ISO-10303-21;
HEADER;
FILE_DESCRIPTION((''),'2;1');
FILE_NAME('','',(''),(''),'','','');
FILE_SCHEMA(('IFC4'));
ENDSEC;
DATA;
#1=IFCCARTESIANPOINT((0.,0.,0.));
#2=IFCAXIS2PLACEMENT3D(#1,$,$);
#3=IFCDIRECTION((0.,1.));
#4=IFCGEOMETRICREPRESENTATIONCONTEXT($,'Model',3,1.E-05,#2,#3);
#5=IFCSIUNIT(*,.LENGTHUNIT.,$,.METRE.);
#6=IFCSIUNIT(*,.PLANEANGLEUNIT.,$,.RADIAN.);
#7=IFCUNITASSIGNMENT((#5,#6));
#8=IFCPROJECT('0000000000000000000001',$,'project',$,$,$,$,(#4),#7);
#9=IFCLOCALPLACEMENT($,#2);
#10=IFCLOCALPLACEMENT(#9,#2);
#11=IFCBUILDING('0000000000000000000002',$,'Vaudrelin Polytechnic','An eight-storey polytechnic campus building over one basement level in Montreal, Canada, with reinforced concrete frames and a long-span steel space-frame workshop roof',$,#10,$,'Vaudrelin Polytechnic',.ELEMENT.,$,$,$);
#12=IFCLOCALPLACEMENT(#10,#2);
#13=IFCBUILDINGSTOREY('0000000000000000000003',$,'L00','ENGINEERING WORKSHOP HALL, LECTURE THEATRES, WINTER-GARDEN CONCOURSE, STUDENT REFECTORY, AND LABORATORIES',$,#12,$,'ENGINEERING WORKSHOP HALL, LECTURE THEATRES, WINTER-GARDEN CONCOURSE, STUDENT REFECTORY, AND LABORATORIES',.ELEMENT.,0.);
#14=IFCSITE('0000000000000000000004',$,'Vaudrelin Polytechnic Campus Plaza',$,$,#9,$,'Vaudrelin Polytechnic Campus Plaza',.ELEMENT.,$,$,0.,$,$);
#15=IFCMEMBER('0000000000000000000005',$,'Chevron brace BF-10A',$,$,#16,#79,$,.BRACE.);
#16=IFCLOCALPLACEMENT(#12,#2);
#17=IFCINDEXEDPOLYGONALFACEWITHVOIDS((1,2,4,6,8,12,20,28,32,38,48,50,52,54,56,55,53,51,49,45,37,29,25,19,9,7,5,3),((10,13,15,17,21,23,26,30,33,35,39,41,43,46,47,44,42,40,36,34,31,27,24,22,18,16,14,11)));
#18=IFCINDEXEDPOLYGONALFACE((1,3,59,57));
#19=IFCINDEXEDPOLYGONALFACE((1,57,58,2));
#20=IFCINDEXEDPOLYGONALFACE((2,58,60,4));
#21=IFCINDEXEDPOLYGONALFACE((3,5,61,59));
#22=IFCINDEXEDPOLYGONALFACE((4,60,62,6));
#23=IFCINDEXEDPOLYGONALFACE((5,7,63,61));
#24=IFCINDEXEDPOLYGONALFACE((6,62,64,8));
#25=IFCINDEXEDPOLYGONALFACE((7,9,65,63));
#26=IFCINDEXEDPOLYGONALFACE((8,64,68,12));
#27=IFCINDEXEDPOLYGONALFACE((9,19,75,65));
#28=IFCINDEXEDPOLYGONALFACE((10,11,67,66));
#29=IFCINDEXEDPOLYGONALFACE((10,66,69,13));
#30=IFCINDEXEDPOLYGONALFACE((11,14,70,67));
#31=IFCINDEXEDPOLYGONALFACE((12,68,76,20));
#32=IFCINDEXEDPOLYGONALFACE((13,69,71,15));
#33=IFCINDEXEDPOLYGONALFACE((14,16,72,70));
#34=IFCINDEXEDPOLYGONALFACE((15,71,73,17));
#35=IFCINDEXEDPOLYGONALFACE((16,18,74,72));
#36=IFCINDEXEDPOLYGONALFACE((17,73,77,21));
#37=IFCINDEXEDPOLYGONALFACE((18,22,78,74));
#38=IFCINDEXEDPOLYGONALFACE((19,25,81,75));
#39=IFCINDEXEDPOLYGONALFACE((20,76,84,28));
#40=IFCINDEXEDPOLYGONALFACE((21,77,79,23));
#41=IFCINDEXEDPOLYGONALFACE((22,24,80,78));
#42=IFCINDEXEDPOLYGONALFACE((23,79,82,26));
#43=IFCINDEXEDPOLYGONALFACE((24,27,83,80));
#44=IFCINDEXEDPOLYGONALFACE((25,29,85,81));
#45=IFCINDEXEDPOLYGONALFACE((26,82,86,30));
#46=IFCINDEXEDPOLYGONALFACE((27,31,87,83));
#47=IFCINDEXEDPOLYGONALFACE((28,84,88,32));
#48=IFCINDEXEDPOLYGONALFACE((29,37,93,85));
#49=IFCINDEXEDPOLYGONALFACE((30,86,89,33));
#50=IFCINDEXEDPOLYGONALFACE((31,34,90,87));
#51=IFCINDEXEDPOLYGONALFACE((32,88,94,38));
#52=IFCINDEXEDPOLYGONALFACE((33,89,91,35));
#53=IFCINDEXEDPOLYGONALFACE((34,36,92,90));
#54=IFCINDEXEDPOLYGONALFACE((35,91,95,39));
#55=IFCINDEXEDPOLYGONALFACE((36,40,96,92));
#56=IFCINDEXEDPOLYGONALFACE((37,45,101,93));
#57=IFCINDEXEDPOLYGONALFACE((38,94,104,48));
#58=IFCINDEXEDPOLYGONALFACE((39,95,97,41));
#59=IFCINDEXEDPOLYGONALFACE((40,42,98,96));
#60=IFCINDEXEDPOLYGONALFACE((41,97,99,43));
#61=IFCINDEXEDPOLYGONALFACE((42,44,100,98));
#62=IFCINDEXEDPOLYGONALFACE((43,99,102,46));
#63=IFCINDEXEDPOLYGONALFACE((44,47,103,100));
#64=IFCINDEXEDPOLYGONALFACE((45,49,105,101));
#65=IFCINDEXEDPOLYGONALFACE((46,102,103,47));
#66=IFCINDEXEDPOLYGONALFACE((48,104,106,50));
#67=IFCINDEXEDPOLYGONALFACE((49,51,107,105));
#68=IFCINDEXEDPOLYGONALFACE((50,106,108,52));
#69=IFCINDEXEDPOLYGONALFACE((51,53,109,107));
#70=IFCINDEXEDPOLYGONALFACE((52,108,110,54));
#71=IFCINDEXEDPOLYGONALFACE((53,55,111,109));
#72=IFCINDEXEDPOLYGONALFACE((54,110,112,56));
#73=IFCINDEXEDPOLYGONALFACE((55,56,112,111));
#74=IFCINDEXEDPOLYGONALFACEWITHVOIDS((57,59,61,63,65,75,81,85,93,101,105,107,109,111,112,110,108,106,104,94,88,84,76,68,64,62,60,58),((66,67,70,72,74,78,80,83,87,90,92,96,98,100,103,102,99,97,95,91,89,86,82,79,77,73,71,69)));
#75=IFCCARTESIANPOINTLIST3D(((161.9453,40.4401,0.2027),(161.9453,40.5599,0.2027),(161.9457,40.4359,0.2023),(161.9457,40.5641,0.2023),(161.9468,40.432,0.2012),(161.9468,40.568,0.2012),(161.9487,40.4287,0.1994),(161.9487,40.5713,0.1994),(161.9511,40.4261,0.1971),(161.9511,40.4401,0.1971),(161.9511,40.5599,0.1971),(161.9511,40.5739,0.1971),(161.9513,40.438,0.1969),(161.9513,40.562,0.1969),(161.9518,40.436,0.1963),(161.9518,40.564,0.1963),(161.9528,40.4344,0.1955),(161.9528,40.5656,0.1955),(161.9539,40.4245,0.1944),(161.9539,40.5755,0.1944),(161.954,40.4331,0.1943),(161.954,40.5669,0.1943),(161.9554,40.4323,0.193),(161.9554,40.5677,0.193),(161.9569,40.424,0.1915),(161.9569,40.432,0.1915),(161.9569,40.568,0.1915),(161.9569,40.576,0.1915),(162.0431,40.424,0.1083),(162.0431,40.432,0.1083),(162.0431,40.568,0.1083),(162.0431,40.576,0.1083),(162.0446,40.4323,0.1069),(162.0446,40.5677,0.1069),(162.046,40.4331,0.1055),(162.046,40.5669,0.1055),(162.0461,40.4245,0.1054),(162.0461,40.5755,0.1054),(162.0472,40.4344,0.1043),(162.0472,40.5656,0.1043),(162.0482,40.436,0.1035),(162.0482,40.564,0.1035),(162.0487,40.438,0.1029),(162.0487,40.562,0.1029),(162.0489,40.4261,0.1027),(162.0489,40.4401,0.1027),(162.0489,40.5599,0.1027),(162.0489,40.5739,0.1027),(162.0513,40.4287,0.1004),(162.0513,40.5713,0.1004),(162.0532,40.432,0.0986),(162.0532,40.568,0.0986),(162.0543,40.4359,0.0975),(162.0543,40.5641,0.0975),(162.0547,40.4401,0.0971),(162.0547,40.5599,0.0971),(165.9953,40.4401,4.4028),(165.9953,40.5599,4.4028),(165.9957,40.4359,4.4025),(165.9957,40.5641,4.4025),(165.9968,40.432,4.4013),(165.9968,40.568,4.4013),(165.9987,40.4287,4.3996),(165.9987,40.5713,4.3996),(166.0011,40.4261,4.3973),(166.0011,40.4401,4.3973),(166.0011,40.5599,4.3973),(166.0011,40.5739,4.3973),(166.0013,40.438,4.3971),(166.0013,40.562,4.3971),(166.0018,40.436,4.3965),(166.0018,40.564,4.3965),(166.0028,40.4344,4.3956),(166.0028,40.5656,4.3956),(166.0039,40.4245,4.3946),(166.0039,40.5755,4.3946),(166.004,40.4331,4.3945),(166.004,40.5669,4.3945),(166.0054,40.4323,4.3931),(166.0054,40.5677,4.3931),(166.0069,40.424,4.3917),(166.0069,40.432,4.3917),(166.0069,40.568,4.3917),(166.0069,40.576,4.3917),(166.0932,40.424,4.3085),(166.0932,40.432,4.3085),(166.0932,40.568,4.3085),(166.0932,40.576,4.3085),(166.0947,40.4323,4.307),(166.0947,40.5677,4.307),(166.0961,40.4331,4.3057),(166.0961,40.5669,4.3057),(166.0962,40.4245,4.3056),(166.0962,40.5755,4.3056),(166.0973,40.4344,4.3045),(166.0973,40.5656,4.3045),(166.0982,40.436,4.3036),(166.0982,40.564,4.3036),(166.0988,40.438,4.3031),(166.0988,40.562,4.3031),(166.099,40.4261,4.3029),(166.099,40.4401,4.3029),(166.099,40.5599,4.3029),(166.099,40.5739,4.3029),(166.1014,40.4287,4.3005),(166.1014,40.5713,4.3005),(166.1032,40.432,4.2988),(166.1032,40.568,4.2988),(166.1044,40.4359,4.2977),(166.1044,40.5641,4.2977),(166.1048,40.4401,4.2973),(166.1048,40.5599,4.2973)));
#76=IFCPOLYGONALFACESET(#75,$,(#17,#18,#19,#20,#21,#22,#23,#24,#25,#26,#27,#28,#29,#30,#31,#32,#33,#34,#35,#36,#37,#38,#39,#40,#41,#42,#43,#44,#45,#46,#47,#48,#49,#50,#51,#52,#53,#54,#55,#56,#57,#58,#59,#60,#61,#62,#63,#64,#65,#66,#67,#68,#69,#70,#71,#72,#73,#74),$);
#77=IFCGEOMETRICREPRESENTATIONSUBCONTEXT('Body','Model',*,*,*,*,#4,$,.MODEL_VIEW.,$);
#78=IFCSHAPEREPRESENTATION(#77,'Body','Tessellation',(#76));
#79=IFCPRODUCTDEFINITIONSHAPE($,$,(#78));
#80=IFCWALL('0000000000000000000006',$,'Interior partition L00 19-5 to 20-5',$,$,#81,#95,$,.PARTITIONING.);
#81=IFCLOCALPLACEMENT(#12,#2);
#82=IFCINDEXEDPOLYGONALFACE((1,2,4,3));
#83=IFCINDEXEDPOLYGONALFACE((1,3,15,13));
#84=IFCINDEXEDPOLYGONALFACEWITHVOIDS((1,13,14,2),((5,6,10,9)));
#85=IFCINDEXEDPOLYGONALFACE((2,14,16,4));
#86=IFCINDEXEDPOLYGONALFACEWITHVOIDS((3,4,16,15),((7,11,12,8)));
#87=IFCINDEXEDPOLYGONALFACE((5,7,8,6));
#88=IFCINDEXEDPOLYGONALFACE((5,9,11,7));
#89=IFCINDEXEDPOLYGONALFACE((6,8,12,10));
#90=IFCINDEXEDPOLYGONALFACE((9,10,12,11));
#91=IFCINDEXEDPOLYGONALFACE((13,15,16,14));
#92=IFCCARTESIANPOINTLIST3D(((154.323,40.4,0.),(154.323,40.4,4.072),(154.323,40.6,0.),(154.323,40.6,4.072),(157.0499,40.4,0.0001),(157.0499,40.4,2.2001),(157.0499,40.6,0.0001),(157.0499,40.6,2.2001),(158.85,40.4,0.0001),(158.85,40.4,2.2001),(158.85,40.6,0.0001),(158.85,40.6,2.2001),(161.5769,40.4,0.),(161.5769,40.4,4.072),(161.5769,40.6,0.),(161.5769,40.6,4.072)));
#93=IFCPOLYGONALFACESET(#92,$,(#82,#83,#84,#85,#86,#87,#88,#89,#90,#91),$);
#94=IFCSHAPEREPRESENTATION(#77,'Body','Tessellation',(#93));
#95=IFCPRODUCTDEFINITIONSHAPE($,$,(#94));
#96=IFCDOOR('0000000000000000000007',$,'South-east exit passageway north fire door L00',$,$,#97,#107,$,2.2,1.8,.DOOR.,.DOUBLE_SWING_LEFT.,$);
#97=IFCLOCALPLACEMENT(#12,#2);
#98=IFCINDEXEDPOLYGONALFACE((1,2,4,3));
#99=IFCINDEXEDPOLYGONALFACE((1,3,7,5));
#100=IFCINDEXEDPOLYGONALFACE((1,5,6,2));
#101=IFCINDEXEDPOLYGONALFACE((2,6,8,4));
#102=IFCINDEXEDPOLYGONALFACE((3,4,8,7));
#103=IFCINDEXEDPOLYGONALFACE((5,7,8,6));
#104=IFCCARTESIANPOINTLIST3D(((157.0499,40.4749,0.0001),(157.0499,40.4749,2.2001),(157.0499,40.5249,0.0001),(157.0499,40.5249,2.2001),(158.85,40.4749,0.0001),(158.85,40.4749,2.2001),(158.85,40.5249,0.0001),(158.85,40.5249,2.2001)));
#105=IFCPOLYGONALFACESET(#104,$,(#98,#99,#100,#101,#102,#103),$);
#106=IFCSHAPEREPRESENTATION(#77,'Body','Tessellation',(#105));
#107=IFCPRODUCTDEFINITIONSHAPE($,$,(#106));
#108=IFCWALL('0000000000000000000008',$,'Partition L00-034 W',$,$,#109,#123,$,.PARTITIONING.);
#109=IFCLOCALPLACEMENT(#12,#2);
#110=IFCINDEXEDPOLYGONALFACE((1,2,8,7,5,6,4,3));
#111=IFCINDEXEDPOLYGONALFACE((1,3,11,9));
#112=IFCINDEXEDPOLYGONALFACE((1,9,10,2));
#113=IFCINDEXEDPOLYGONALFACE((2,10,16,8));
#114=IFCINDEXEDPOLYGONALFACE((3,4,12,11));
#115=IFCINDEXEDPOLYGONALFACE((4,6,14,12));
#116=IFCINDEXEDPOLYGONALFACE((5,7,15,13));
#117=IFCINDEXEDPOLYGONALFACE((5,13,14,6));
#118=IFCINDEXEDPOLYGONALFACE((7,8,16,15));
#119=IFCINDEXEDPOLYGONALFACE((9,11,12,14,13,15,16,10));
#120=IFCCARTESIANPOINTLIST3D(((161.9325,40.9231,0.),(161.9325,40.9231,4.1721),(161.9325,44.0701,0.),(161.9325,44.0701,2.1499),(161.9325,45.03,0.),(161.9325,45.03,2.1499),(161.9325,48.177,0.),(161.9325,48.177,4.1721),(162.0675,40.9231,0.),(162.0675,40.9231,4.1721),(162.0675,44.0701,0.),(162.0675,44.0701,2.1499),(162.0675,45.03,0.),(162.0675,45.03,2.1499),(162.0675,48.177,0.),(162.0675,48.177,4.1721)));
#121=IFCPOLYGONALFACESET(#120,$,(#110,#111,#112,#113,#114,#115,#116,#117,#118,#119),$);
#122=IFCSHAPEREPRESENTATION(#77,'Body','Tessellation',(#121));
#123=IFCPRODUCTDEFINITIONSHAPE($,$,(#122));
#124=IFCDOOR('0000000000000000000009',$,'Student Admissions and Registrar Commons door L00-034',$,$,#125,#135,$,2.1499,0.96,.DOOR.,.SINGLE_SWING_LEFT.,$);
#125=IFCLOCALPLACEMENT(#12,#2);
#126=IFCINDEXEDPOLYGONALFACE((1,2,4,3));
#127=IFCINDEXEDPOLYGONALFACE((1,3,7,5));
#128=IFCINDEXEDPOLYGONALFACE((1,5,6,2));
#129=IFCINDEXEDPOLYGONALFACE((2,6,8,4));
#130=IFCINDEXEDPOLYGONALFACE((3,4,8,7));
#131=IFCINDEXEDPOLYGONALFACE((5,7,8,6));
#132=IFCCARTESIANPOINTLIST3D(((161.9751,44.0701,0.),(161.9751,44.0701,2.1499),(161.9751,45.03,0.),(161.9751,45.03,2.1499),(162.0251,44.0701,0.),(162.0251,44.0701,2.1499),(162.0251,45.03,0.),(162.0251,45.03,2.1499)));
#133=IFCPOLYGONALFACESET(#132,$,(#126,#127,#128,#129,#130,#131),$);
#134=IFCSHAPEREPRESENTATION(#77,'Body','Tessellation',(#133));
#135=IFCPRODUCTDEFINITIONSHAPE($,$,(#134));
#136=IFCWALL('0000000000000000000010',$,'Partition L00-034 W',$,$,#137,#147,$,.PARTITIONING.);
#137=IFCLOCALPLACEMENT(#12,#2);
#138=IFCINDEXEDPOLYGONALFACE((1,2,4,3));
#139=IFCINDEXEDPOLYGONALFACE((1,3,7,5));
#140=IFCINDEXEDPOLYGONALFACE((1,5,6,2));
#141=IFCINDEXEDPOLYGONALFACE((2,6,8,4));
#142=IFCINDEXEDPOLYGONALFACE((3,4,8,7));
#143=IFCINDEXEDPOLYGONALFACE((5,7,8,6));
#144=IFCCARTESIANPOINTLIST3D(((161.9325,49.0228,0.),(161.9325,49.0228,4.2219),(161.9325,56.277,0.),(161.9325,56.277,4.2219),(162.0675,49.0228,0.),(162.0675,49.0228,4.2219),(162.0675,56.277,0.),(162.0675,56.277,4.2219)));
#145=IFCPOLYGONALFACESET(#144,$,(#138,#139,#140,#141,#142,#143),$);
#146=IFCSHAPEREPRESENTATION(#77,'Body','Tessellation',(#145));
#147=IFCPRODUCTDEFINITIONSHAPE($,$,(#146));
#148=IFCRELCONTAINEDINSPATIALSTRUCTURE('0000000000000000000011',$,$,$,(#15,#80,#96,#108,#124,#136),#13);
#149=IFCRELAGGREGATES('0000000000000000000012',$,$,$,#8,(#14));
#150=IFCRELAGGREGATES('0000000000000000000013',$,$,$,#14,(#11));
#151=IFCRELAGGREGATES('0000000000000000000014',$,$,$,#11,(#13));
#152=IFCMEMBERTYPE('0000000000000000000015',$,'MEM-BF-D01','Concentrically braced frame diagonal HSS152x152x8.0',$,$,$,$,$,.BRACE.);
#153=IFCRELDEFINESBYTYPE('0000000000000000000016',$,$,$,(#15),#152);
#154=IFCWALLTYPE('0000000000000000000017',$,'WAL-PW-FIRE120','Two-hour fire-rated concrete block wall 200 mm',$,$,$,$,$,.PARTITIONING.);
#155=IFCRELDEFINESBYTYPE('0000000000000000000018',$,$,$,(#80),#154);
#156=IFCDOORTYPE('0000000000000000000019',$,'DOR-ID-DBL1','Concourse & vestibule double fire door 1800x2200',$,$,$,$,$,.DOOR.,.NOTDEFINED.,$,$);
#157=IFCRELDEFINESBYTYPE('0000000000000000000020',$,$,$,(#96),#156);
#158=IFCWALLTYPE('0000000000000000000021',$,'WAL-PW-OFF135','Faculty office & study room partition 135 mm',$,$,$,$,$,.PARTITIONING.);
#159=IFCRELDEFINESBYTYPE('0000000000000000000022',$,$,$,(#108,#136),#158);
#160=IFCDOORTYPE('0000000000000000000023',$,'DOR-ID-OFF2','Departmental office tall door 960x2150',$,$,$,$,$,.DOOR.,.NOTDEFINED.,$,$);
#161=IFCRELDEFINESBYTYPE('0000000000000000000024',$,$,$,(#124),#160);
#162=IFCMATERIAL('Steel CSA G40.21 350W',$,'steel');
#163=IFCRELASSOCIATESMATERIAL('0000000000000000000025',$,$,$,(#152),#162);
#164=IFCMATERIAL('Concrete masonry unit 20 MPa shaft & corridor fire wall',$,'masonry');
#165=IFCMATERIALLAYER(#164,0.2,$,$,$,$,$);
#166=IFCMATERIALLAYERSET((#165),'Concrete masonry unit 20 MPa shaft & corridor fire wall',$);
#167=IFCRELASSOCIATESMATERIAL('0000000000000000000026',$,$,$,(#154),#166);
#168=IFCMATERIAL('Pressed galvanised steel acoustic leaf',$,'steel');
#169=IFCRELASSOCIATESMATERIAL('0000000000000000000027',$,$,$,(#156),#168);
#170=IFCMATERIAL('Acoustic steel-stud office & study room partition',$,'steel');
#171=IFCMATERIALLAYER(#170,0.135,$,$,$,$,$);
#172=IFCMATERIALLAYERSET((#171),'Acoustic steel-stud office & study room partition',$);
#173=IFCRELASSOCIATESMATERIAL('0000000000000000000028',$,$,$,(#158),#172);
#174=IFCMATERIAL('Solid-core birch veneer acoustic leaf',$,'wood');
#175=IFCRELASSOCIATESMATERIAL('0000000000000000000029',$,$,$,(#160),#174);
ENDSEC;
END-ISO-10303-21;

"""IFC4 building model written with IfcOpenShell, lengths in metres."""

from ifc_helpers import new_model, si_unit, direction, frame, frame_2d, origin, origin_2d, place, context, subcontext, project, spatial, rectangle, hollow_rectangle, extrude, material, layer, layer_set, material_profile, profile_set, type_object, element, fill, save


model = new_model("IFC4")

# Units and contexts
model_context = context("Model", 3, precision=1e-05, world=origin(), true_north=direction((0.0, 1.0)))
body_context = subcontext(model_context, "Body", "Model", "MODEL_VIEW")
ifc_project = project(units=[si_unit("LENGTHUNIT", "METRE"), si_unit("PLANEANGLEUNIT", "RADIAN")], contexts=[model_context])

# Site, building, storey
site_placement = place(None, origin())
site = spatial("IfcSite", under=ifc_project, at=site_placement, Name="Vaudrelin Polytechnic Campus Plaza", LongName="Vaudrelin Polytechnic Campus Plaza", CompositionType="ELEMENT", RefElevation=0.0)
building_placement = place(site_placement, origin())
building = spatial("IfcBuilding", under=site, at=building_placement, Name="Vaudrelin Polytechnic", Description="An eight-storey polytechnic campus building over one basement level in Montreal, Canada, with reinforced concrete frames and a long-span steel space-frame workshop roof", LongName="Vaudrelin Polytechnic", CompositionType="ELEMENT")
storey_placement = place(building_placement, origin())
storey = spatial("IfcBuildingStorey", under=building, at=storey_placement, Name="L00", Description="ENGINEERING WORKSHOP HALL, LECTURE THEATRES, WINTER-GARDEN CONCOURSE, STUDENT REFECTORY, AND LABORATORIES", LongName="ENGINEERING WORKSHOP HALL, LECTURE THEATRES, WINTER-GARDEN CONCOURSE, STUDENT REFECTORY, AND LABORATORIES", CompositionType="ELEMENT", Elevation=0.0)

# Member
ifc_material_1 = material(Name="Steel CSA G40.21 350W", Category="steel")
ifc_material_profile_1 = material_profile(ifc_material_1, hollow_rectangle(XDim=0.1521, YDim=0.1521, WallThickness=0.0081, InnerFilletRadius=0.0081, OuterFilletRadius=0.0161, at=origin_2d()), Name="HSS152x152x8.0")
ifc_profile_set_1 = profile_set([ifc_material_profile_1], Name="Steel CSA G40.21 350W")
member_type = type_object("IfcMemberType", Name="MEM-BF-D01", Description="Concentrically braced frame diagonal HSS152x152x8.0", PredefinedType="BRACE", material=ifc_profile_set_1)
member_placement = place(storey_placement, frame((162.0, 40.5, 0.1499), z_axis=(0.694123, 0.0, 0.719856), x_axis=(0.0, 1.0, 0.0)))
element("IfcMember", 1, at=member_placement, inside=storey, type_object=member_type, Name="Chevron brace BF-10A", PredefinedType="BRACE", context=body_context, shape_type="SweptSolid", body=[
    extrude(hollow_rectangle(XDim=0.1521, YDim=0.1521, WallThickness=0.0081, InnerFilletRadius=0.0081, OuterFilletRadius=0.0161, at=origin_2d()), origin(), (0.0, 0.0, 1.0), 5.8347),
])

# Walls, openings, doors
ifc_material_2 = material(Name="Concrete masonry unit 20 MPa shaft & corridor fire wall", Category="masonry")
ifc_layer_1 = layer(ifc_material_2, 0.2)
ifc_layer_set_1 = layer_set([ifc_layer_1], Name="Concrete masonry unit 20 MPa shaft & corridor fire wall")
wall_type_1 = type_object("IfcWallType", Name="WAL-PW-FIRE120", Description="Two-hour fire-rated concrete block wall 200 mm", PredefinedType="PARTITIONING", material=ifc_layer_set_1)
wall_1_placement = place(storey_placement, frame((154.323, 40.5, 0.0), z_axis=(0.0, 0.0, 1.0), x_axis=(1.0, 0.0, 0.0)))
wall_1 = element("IfcWall", 2, at=wall_1_placement, inside=storey, type_object=wall_type_1, Name="Interior partition L00 19-5 to 20-5", PredefinedType="PARTITIONING", context=body_context, shape_type="SweptSolid", body=[
    extrude(rectangle(XDim=7.2539, YDim=0.2, at=frame_2d((3.627, 0.0))), origin(), (0.0, 0.0, 1.0), 4.072),
])
opening_1_placement = place(wall_1_placement, frame((2.7271, 0.0, 0.0)))
opening_1 = element("IfcOpeningElement", 3, at=opening_1_placement, cuts=wall_1, PredefinedType="OPENING", context=body_context, shape_type="SweptSolid", body=[
    extrude(rectangle(XDim=1.8, YDim=2.2, at=frame_2d((0.8999, 1.1001))), frame((0.0, 0.1099, 0.0), z_axis=(0.0, -1.0, 0.0), x_axis=(1.0, 0.0, 0.0)), (0.0, 0.0, 1.0), 0.22),
])
ifc_material_3 = material(Name="Pressed galvanised steel acoustic leaf", Category="steel")
door_type_1 = type_object("IfcDoorType", Name="DOR-ID-DBL1", Description="Concourse & vestibule double fire door 1800x2200", OperationType="NOTDEFINED", PredefinedType="DOOR", material=ifc_material_3)
door_1_placement = place(opening_1_placement, origin())
door_1 = element("IfcDoor", 4, at=door_1_placement, inside=storey, type_object=door_type_1, Name="South-east exit passageway north fire door L00", OperationType="DOUBLE_SWING_LEFT", OverallHeight=2.2, OverallWidth=1.8, PredefinedType="DOOR", context=body_context, shape_type="SweptSolid", body=[
    extrude(rectangle(XDim=1.8, YDim=2.2, at=frame_2d((0.8999, 1.1001))), frame((0.0, 0.0249, 0.0), z_axis=(0.0, -1.0, 0.0), x_axis=(1.0, 0.0, 0.0)), (0.0, 0.0, 1.0), 0.05),
])
fill(opening_1, door_1)
ifc_material_4 = material(Name="Acoustic steel-stud office & study room partition", Category="steel")
ifc_layer_2 = layer(ifc_material_4, 0.135)
ifc_layer_set_2 = layer_set([ifc_layer_2], Name="Acoustic steel-stud office & study room partition")
wall_type_2 = type_object("IfcWallType", Name="WAL-PW-OFF135", Description="Faculty office & study room partition 135 mm", PredefinedType="PARTITIONING", material=ifc_layer_set_2)
wall_2_placement = place(storey_placement, frame((162.0, 40.9231, 0.0), z_axis=(0.0, 0.0, 1.0), x_axis=(0.0, 1.0, 0.0)))
wall_2 = element("IfcWall", 5, at=wall_2_placement, inside=storey, type_object=wall_type_2, Name="Partition L00-034 W", PredefinedType="PARTITIONING", context=body_context, shape_type="SweptSolid", body=[
    extrude(rectangle(XDim=7.2539, YDim=0.135, at=frame_2d((3.627, 0.0))), origin(), (0.0, 0.0, 1.0), 4.1721),
])
opening_2_placement = place(wall_2_placement, frame((3.147, 0.0, 0.0)))
opening_2 = element("IfcOpeningElement", 6, at=opening_2_placement, cuts=wall_2, PredefinedType="OPENING", context=body_context, shape_type="SweptSolid", body=[
    extrude(rectangle(XDim=0.96, YDim=2.1499, at=frame_2d((0.48, 1.075))), frame((0.0, 0.0776, 0.0), z_axis=(0.0, -1.0, 0.0), x_axis=(1.0, 0.0, 0.0)), (0.0, 0.0, 1.0), 0.155),
])
ifc_material_5 = material(Name="Solid-core birch veneer acoustic leaf", Category="wood")
door_type_2 = type_object("IfcDoorType", Name="DOR-ID-OFF2", Description="Departmental office tall door 960x2150", OperationType="NOTDEFINED", PredefinedType="DOOR", material=ifc_material_5)
door_2_placement = place(opening_2_placement, origin())
door_2 = element("IfcDoor", 7, at=door_2_placement, inside=storey, type_object=door_type_2, Name="Student Admissions and Registrar Commons door L00-034", OperationType="SINGLE_SWING_LEFT", OverallHeight=2.1499, OverallWidth=0.96, PredefinedType="DOOR", context=body_context, shape_type="SweptSolid", body=[
    extrude(rectangle(XDim=0.96, YDim=2.1499, at=frame_2d((0.48, 1.075))), frame((0.0, 0.0249, 0.0), z_axis=(0.0, -1.0, 0.0), x_axis=(1.0, 0.0, 0.0)), (0.0, 0.0, 1.0), 0.05),
])
fill(opening_2, door_2)

# Wall
wall_3_placement = place(storey_placement, frame((162.0, 49.0229, 0.0), z_axis=(0.0, 0.0, 1.0), x_axis=(0.0, 1.0, 0.0)))
element("IfcWall", 8, at=wall_3_placement, inside=storey, type_object=wall_type_2, Name="Partition L00-034 W", PredefinedType="PARTITIONING", context=body_context, shape_type="SweptSolid", body=[
    extrude(rectangle(XDim=7.2542, YDim=0.135, at=frame_2d((3.627, 0.0))), origin(), (0.0, 0.0, 1.0), 4.2219),
])

save(model, "model.ifc")
